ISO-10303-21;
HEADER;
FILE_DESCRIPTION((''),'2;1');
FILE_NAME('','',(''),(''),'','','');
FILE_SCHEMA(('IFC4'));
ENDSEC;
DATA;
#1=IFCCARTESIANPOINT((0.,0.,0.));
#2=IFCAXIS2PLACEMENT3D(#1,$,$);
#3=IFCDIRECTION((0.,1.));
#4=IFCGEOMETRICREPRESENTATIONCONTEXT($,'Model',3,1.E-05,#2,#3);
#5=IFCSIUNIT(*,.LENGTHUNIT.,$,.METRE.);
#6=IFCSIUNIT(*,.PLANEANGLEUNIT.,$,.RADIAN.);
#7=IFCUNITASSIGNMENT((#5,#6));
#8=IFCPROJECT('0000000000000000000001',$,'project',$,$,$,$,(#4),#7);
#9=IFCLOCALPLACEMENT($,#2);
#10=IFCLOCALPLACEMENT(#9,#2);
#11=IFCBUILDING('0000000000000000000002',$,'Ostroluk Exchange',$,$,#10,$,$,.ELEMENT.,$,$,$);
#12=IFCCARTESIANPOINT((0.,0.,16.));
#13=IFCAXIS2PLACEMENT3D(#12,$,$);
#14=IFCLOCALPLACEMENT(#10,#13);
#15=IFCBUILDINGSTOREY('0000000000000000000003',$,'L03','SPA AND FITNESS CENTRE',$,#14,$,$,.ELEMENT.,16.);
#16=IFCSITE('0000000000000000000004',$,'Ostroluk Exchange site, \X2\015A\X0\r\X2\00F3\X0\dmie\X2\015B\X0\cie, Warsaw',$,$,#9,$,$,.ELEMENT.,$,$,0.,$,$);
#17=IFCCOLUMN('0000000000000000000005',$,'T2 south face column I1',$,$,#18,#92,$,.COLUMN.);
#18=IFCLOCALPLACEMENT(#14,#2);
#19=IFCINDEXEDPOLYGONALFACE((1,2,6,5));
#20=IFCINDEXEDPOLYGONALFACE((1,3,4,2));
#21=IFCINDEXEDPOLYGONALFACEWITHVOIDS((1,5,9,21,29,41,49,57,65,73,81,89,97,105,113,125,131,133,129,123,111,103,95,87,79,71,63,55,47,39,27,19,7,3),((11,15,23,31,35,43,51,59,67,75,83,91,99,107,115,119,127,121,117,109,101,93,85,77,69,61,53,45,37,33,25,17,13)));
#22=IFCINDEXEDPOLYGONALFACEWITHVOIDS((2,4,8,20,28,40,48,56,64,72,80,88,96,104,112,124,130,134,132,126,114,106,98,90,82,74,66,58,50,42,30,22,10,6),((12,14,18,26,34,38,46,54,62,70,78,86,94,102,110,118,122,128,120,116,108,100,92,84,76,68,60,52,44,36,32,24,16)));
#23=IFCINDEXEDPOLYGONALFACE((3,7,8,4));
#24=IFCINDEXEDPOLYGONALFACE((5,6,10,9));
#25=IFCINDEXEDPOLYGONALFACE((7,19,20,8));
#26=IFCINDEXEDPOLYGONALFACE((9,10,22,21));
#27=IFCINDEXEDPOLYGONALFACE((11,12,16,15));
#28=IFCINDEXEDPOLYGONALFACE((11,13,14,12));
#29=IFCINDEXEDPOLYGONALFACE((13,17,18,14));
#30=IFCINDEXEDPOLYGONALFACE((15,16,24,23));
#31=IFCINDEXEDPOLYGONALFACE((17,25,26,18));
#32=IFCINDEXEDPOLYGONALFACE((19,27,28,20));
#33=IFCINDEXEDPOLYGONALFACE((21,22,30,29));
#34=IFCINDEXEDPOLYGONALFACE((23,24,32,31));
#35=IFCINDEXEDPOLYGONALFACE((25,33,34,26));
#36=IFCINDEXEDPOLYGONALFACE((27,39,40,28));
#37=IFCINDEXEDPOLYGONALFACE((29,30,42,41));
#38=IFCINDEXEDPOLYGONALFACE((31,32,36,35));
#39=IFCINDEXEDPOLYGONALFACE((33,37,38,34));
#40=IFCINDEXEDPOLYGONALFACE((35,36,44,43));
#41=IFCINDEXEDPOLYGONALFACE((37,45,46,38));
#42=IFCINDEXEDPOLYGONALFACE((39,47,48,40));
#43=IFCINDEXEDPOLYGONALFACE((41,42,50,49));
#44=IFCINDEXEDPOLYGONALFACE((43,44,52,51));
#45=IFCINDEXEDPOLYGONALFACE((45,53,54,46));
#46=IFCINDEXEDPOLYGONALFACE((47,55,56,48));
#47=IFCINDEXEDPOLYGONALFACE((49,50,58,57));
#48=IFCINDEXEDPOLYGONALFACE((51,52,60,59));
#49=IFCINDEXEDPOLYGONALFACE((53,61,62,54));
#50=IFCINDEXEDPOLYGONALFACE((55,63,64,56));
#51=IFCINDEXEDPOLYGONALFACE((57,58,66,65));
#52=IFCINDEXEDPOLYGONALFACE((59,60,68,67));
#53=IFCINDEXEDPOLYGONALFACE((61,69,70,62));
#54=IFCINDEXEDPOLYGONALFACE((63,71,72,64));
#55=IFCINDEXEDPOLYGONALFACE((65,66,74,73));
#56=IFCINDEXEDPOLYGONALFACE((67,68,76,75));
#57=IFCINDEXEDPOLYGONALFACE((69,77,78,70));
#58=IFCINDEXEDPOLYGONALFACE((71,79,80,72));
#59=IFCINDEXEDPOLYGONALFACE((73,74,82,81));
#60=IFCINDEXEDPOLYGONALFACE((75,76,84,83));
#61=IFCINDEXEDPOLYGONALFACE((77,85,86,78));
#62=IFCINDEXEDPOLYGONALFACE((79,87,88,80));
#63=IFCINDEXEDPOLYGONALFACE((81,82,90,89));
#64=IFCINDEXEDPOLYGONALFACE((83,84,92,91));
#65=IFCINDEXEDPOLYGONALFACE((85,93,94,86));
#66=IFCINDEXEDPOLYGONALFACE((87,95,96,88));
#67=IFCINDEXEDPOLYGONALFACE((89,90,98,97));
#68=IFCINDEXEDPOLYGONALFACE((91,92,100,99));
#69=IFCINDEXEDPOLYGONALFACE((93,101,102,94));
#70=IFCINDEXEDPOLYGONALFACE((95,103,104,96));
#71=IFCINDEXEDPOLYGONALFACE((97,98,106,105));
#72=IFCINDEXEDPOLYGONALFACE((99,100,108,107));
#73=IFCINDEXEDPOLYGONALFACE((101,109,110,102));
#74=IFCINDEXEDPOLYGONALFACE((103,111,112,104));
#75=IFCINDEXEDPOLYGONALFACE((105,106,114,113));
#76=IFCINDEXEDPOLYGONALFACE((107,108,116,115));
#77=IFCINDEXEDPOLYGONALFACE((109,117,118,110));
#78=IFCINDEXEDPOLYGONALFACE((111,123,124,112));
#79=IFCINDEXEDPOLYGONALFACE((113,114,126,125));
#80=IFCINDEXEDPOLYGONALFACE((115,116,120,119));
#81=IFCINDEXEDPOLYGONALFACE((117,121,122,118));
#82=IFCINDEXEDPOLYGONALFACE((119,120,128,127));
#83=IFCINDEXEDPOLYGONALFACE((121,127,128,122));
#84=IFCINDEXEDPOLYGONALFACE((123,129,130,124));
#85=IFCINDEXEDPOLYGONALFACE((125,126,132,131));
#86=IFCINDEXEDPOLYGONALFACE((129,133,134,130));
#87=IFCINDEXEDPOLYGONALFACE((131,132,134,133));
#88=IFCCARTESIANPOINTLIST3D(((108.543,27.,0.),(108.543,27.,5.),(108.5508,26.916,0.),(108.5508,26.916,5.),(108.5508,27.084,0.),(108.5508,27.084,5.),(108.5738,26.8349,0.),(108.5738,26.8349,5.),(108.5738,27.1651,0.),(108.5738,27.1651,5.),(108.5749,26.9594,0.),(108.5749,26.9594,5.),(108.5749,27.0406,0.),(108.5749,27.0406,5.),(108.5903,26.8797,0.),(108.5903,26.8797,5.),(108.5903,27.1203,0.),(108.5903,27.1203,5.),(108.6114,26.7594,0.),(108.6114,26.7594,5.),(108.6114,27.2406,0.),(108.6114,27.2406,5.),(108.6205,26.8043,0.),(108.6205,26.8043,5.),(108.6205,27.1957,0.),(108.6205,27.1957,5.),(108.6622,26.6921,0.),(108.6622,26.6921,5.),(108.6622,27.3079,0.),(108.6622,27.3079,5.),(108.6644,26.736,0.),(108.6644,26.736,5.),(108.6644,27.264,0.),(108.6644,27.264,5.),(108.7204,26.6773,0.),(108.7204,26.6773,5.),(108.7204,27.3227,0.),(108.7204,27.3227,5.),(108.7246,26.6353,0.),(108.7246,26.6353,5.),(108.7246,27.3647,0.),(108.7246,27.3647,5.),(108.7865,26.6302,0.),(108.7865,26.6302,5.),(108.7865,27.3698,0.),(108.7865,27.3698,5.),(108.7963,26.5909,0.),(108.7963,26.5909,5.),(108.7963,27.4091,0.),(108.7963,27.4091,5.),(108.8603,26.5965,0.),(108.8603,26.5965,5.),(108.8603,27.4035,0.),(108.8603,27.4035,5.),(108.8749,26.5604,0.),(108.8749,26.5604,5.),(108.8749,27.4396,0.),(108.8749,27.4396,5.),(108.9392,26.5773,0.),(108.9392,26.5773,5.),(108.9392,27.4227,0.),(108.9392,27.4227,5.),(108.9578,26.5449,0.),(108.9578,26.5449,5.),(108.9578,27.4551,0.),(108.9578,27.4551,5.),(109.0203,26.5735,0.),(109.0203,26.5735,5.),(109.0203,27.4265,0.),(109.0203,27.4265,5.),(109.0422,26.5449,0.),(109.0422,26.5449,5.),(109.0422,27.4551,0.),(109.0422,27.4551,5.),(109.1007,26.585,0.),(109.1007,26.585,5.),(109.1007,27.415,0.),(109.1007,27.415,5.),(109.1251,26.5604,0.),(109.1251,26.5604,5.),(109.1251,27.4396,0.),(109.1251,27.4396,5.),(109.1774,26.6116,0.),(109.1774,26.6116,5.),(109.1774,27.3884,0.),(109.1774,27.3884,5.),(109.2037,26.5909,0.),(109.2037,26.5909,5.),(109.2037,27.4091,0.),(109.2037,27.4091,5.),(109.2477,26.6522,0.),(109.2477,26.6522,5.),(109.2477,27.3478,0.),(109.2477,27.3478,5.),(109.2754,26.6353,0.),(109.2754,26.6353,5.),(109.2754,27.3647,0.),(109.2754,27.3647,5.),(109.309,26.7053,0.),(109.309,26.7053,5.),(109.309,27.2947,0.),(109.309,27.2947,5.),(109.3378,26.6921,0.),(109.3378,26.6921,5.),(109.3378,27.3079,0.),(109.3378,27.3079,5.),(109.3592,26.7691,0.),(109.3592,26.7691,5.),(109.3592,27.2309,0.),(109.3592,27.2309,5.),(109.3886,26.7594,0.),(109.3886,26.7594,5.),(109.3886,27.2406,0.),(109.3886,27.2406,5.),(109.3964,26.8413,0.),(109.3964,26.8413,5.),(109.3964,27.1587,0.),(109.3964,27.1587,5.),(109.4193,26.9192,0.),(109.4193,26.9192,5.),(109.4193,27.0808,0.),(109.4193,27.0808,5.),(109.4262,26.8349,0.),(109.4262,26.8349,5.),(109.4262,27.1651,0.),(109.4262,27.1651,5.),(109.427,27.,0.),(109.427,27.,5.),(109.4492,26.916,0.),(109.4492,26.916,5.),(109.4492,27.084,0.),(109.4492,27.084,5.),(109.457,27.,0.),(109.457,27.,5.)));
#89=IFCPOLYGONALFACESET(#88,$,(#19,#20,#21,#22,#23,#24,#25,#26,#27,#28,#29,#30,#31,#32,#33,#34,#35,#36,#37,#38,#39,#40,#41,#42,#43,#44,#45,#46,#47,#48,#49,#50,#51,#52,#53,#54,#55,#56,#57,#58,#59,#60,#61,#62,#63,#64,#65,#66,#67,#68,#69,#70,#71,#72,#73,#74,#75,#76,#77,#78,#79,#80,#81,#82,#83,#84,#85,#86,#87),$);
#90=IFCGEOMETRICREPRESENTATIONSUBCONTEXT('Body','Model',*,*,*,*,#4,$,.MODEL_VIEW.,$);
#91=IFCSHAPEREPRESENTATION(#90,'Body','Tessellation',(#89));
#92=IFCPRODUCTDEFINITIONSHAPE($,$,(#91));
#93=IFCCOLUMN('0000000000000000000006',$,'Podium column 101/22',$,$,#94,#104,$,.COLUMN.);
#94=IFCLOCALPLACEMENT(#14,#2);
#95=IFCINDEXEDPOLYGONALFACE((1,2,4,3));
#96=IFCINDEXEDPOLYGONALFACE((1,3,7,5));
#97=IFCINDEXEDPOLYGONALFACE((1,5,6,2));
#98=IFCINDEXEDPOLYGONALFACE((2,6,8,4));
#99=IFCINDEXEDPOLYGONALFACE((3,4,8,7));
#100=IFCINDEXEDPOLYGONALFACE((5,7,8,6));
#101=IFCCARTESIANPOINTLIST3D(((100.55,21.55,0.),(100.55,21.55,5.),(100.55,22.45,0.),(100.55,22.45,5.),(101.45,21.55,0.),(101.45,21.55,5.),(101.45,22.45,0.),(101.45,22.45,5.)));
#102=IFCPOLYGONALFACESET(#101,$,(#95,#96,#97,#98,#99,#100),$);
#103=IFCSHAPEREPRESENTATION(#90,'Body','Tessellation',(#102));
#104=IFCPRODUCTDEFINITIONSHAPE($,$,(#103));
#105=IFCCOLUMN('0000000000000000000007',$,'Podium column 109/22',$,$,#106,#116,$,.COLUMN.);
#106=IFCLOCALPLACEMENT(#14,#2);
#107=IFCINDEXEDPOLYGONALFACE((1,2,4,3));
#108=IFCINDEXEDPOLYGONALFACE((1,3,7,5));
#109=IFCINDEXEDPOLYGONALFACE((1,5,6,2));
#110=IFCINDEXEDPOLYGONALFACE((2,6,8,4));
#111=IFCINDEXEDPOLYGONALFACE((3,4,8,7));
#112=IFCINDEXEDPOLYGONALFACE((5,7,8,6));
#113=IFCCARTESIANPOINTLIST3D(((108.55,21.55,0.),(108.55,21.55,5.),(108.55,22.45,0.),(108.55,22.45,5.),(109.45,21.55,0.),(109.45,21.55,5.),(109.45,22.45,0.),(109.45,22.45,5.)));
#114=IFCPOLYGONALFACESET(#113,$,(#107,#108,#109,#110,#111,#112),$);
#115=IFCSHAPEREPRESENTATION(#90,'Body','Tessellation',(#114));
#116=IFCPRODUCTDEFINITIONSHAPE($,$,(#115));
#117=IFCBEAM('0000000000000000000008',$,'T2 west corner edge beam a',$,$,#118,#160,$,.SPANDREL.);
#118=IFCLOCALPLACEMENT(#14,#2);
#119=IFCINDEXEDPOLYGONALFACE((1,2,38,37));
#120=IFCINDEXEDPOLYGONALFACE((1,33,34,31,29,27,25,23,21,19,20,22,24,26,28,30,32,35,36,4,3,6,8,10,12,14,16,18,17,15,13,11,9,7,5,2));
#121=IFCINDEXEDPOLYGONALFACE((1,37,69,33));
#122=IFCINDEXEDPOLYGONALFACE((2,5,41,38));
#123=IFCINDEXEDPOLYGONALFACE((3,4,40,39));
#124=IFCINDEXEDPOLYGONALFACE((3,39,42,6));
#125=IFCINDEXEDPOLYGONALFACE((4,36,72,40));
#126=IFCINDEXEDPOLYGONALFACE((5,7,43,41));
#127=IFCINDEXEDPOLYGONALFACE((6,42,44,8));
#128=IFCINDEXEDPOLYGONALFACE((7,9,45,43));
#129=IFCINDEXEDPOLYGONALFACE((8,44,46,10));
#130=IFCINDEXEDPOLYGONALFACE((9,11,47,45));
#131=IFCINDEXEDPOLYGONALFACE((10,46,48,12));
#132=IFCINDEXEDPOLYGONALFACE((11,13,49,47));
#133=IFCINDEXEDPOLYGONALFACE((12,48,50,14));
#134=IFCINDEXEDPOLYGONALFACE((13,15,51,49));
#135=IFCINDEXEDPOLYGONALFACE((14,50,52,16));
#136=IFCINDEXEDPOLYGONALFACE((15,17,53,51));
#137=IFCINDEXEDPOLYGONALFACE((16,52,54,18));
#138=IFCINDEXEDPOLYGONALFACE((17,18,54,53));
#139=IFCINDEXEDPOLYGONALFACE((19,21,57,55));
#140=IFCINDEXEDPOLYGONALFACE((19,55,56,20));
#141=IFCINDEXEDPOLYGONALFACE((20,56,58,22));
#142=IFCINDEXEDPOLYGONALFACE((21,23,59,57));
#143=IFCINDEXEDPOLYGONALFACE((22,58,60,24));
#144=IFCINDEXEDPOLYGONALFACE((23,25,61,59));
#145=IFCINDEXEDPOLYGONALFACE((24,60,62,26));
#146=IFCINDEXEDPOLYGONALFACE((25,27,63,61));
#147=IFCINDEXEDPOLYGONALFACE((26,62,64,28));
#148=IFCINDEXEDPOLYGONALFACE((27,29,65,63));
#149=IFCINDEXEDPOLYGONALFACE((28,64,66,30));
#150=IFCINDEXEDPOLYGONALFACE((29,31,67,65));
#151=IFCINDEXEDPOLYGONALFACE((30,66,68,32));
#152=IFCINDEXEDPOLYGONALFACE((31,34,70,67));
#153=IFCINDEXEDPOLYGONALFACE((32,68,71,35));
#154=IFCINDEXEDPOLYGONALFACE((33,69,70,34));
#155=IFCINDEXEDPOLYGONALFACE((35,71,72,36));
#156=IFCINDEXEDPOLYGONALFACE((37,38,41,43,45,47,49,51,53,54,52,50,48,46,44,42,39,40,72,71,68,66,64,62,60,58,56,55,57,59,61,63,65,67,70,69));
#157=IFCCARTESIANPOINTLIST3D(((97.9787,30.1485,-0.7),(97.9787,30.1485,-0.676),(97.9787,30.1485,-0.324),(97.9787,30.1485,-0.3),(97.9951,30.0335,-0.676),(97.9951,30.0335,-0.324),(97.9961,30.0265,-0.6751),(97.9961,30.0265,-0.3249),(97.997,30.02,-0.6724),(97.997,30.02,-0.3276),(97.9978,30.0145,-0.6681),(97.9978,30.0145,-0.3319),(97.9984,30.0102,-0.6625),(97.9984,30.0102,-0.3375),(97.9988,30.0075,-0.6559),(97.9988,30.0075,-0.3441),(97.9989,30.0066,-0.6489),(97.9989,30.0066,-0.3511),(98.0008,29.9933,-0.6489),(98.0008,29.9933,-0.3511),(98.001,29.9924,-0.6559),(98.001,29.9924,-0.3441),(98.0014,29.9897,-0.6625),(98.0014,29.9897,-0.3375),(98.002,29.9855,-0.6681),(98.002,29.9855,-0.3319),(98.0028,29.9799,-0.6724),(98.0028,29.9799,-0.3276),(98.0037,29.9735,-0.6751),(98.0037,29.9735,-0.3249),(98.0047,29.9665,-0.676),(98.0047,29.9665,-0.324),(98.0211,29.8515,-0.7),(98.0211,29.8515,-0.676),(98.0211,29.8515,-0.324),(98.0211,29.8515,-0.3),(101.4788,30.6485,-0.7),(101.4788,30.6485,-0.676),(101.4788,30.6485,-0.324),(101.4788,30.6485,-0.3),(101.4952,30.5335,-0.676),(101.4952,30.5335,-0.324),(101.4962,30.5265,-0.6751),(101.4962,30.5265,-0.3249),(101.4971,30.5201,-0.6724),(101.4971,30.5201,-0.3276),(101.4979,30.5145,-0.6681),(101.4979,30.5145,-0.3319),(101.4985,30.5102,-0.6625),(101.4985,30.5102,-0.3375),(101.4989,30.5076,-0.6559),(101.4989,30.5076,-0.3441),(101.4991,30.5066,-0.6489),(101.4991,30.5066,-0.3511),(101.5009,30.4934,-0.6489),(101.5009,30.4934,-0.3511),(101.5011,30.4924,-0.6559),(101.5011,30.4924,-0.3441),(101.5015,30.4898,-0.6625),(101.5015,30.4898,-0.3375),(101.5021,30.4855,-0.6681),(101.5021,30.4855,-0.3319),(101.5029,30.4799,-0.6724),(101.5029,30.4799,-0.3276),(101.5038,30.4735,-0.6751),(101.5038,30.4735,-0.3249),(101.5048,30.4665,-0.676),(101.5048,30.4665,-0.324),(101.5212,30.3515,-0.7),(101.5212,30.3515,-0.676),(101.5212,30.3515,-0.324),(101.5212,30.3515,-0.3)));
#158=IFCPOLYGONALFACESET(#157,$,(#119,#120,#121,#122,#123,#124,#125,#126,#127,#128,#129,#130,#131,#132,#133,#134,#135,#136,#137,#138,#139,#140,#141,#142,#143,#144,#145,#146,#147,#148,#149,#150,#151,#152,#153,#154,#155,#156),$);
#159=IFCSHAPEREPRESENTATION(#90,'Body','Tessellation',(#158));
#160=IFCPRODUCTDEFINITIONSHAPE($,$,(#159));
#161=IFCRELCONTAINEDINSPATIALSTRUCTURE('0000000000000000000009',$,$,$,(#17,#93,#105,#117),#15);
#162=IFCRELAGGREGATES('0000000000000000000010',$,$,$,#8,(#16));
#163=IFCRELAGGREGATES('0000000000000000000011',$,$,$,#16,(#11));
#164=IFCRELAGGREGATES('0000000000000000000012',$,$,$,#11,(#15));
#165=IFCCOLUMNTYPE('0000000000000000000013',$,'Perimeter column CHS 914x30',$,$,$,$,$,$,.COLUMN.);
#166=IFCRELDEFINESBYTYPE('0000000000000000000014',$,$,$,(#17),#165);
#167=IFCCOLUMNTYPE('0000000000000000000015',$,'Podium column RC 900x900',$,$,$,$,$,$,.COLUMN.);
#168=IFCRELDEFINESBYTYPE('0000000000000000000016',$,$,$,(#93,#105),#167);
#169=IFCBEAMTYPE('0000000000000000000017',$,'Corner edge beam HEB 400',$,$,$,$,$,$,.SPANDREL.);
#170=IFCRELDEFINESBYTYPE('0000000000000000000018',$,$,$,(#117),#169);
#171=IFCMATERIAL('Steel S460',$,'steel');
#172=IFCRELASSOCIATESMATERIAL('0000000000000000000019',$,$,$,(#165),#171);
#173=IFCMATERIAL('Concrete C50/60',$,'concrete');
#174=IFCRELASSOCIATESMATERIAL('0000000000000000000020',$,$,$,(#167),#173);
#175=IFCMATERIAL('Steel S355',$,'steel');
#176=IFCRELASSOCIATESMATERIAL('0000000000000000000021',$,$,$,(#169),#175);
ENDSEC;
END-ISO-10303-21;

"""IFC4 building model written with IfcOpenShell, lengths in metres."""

from ifc_helpers import new_model, si_unit, direction, frame, origin, origin_2d, place, context, subcontext, project, spatial, rectangle, hollow_circle, i_section, extrude, material, material_profile, profile_set, type_object, element, save


model = new_model("IFC4")

# Units and contexts
model_context = context("Model", 3, precision=1e-05, world=origin(), true_north=direction((0.0, 1.0)))
body_context = subcontext(model_context, "Body", "Model", "MODEL_VIEW")
ifc_project = project(units=[si_unit("LENGTHUNIT", "METRE"), si_unit("PLANEANGLEUNIT", "RADIAN")], contexts=[model_context])

# Site, building, storey
site_placement = place(None, origin())
site = spatial("IfcSite", under=ifc_project, at=site_placement, Name="Ostroluk Exchange site, Śródmieście, Warsaw", CompositionType="ELEMENT", RefElevation=0.0)
building_placement = place(site_placement, origin())
building = spatial("IfcBuilding", under=site, at=building_placement, Name="Ostroluk Exchange", CompositionType="ELEMENT")
storey_placement = place(building_placement, frame((0.0, 0.0, 16.0)))
storey = spatial("IfcBuildingStorey", under=building, at=storey_placement, Name="L03", Description="SPA AND FITNESS CENTRE", CompositionType="ELEMENT", Elevation=16.0)

# Columns
ifc_material_1 = material(Name="Steel S460", Category="steel")
ifc_material_profile_1 = material_profile(ifc_material_1, hollow_circle(Radius=0.457, WallThickness=0.03, at=origin_2d()), Name="CHS 914x30")
ifc_profile_set_1 = profile_set([ifc_material_profile_1], Name="Steel S460")
column_type_1 = type_object("IfcColumnType", Name="Perimeter column CHS 914x30", PredefinedType="COLUMN", material=ifc_profile_set_1)
for number, where, z_axis, x_axis, name in (
    (1, (109.0, 27.0, 0.0), (0.0, 0.0, 1.0), (1.0, 0.0, 0.0), "T2 south face column I1"),
):
    element("IfcColumn", number, at=place(storey_placement, frame(where, z_axis=z_axis, x_axis=x_axis)), inside=storey, type_object=column_type_1, Name=name, PredefinedType="COLUMN", context=body_context, shape_type="SweptSolid", body=[
        extrude(hollow_circle(Radius=0.457, WallThickness=0.03, at=origin_2d()), origin(), (0.0, 0.0, 1.0), 5.0),
    ])
ifc_material_2 = material(Name="Concrete C50/60", Category="concrete")
ifc_material_profile_2 = material_profile(ifc_material_2, rectangle(XDim=0.8999, YDim=0.8999, at=origin_2d()), Name="RC 900x900")
ifc_profile_set_2 = profile_set([ifc_material_profile_2], Name="Concrete C50/60")
column_type_2 = type_object("IfcColumnType", Name="Podium column RC 900x900", PredefinedType="COLUMN", material=ifc_profile_set_2)
for number, where, z_axis, x_axis, name in (
    (2, (101.0, 22.0, 0.0), (0.0, 0.0, 1.0), (1.0, 0.0, 0.0), "Podium column 101/22"),
    (3, (109.0, 22.0, 0.0), (0.0, 0.0, 1.0), (1.0, 0.0, 0.0), "Podium column 109/22"),
):
    element("IfcColumn", number, at=place(storey_placement, frame(where, z_axis=z_axis, x_axis=x_axis)), inside=storey, type_object=column_type_2, Name=name, PredefinedType="COLUMN", context=body_context, shape_type="SweptSolid", body=[
        extrude(rectangle(XDim=0.8999, YDim=0.8999, at=origin_2d()), origin(), (0.0, 0.0, 1.0), 5.0),
    ])

# Beam
ifc_material_3 = material(Name="Steel S355", Category="steel")
ifc_material_profile_3 = material_profile(ifc_material_3, i_section(OverallWidth=0.3, OverallDepth=0.3999, WebThickness=0.0134, FlangeThickness=0.0239, FilletRadius=0.0271, at=origin_2d()), Name="HEB 400")
ifc_profile_set_3 = profile_set([ifc_material_profile_3], Name="Steel S355")
beam_type_1 = type_object("IfcBeamType", Name="Corner edge beam HEB 400", PredefinedType="SPANDREL", material=ifc_profile_set_3)
for number, where, z_axis, x_axis, name in (
    (4, (101.5, 30.5, -0.5), (-0.989949, -0.141421, 0.0), (0.141421, -0.989949, 0.0), "T2 west corner edge beam a"),
):
    element("IfcBeam", number, at=place(storey_placement, frame(where, z_axis=z_axis, x_axis=x_axis)), inside=storey, type_object=beam_type_1, Name=name, PredefinedType="SPANDREL", context=body_context, shape_type="SweptSolid", body=[
        extrude(i_section(OverallWidth=0.3, OverallDepth=0.3999, WebThickness=0.0134, FlangeThickness=0.0239, FilletRadius=0.0271, at=origin_2d()), origin(), (0.0, 0.0, 1.0), 3.5356),
    ])

save(model, "model.ifc")
